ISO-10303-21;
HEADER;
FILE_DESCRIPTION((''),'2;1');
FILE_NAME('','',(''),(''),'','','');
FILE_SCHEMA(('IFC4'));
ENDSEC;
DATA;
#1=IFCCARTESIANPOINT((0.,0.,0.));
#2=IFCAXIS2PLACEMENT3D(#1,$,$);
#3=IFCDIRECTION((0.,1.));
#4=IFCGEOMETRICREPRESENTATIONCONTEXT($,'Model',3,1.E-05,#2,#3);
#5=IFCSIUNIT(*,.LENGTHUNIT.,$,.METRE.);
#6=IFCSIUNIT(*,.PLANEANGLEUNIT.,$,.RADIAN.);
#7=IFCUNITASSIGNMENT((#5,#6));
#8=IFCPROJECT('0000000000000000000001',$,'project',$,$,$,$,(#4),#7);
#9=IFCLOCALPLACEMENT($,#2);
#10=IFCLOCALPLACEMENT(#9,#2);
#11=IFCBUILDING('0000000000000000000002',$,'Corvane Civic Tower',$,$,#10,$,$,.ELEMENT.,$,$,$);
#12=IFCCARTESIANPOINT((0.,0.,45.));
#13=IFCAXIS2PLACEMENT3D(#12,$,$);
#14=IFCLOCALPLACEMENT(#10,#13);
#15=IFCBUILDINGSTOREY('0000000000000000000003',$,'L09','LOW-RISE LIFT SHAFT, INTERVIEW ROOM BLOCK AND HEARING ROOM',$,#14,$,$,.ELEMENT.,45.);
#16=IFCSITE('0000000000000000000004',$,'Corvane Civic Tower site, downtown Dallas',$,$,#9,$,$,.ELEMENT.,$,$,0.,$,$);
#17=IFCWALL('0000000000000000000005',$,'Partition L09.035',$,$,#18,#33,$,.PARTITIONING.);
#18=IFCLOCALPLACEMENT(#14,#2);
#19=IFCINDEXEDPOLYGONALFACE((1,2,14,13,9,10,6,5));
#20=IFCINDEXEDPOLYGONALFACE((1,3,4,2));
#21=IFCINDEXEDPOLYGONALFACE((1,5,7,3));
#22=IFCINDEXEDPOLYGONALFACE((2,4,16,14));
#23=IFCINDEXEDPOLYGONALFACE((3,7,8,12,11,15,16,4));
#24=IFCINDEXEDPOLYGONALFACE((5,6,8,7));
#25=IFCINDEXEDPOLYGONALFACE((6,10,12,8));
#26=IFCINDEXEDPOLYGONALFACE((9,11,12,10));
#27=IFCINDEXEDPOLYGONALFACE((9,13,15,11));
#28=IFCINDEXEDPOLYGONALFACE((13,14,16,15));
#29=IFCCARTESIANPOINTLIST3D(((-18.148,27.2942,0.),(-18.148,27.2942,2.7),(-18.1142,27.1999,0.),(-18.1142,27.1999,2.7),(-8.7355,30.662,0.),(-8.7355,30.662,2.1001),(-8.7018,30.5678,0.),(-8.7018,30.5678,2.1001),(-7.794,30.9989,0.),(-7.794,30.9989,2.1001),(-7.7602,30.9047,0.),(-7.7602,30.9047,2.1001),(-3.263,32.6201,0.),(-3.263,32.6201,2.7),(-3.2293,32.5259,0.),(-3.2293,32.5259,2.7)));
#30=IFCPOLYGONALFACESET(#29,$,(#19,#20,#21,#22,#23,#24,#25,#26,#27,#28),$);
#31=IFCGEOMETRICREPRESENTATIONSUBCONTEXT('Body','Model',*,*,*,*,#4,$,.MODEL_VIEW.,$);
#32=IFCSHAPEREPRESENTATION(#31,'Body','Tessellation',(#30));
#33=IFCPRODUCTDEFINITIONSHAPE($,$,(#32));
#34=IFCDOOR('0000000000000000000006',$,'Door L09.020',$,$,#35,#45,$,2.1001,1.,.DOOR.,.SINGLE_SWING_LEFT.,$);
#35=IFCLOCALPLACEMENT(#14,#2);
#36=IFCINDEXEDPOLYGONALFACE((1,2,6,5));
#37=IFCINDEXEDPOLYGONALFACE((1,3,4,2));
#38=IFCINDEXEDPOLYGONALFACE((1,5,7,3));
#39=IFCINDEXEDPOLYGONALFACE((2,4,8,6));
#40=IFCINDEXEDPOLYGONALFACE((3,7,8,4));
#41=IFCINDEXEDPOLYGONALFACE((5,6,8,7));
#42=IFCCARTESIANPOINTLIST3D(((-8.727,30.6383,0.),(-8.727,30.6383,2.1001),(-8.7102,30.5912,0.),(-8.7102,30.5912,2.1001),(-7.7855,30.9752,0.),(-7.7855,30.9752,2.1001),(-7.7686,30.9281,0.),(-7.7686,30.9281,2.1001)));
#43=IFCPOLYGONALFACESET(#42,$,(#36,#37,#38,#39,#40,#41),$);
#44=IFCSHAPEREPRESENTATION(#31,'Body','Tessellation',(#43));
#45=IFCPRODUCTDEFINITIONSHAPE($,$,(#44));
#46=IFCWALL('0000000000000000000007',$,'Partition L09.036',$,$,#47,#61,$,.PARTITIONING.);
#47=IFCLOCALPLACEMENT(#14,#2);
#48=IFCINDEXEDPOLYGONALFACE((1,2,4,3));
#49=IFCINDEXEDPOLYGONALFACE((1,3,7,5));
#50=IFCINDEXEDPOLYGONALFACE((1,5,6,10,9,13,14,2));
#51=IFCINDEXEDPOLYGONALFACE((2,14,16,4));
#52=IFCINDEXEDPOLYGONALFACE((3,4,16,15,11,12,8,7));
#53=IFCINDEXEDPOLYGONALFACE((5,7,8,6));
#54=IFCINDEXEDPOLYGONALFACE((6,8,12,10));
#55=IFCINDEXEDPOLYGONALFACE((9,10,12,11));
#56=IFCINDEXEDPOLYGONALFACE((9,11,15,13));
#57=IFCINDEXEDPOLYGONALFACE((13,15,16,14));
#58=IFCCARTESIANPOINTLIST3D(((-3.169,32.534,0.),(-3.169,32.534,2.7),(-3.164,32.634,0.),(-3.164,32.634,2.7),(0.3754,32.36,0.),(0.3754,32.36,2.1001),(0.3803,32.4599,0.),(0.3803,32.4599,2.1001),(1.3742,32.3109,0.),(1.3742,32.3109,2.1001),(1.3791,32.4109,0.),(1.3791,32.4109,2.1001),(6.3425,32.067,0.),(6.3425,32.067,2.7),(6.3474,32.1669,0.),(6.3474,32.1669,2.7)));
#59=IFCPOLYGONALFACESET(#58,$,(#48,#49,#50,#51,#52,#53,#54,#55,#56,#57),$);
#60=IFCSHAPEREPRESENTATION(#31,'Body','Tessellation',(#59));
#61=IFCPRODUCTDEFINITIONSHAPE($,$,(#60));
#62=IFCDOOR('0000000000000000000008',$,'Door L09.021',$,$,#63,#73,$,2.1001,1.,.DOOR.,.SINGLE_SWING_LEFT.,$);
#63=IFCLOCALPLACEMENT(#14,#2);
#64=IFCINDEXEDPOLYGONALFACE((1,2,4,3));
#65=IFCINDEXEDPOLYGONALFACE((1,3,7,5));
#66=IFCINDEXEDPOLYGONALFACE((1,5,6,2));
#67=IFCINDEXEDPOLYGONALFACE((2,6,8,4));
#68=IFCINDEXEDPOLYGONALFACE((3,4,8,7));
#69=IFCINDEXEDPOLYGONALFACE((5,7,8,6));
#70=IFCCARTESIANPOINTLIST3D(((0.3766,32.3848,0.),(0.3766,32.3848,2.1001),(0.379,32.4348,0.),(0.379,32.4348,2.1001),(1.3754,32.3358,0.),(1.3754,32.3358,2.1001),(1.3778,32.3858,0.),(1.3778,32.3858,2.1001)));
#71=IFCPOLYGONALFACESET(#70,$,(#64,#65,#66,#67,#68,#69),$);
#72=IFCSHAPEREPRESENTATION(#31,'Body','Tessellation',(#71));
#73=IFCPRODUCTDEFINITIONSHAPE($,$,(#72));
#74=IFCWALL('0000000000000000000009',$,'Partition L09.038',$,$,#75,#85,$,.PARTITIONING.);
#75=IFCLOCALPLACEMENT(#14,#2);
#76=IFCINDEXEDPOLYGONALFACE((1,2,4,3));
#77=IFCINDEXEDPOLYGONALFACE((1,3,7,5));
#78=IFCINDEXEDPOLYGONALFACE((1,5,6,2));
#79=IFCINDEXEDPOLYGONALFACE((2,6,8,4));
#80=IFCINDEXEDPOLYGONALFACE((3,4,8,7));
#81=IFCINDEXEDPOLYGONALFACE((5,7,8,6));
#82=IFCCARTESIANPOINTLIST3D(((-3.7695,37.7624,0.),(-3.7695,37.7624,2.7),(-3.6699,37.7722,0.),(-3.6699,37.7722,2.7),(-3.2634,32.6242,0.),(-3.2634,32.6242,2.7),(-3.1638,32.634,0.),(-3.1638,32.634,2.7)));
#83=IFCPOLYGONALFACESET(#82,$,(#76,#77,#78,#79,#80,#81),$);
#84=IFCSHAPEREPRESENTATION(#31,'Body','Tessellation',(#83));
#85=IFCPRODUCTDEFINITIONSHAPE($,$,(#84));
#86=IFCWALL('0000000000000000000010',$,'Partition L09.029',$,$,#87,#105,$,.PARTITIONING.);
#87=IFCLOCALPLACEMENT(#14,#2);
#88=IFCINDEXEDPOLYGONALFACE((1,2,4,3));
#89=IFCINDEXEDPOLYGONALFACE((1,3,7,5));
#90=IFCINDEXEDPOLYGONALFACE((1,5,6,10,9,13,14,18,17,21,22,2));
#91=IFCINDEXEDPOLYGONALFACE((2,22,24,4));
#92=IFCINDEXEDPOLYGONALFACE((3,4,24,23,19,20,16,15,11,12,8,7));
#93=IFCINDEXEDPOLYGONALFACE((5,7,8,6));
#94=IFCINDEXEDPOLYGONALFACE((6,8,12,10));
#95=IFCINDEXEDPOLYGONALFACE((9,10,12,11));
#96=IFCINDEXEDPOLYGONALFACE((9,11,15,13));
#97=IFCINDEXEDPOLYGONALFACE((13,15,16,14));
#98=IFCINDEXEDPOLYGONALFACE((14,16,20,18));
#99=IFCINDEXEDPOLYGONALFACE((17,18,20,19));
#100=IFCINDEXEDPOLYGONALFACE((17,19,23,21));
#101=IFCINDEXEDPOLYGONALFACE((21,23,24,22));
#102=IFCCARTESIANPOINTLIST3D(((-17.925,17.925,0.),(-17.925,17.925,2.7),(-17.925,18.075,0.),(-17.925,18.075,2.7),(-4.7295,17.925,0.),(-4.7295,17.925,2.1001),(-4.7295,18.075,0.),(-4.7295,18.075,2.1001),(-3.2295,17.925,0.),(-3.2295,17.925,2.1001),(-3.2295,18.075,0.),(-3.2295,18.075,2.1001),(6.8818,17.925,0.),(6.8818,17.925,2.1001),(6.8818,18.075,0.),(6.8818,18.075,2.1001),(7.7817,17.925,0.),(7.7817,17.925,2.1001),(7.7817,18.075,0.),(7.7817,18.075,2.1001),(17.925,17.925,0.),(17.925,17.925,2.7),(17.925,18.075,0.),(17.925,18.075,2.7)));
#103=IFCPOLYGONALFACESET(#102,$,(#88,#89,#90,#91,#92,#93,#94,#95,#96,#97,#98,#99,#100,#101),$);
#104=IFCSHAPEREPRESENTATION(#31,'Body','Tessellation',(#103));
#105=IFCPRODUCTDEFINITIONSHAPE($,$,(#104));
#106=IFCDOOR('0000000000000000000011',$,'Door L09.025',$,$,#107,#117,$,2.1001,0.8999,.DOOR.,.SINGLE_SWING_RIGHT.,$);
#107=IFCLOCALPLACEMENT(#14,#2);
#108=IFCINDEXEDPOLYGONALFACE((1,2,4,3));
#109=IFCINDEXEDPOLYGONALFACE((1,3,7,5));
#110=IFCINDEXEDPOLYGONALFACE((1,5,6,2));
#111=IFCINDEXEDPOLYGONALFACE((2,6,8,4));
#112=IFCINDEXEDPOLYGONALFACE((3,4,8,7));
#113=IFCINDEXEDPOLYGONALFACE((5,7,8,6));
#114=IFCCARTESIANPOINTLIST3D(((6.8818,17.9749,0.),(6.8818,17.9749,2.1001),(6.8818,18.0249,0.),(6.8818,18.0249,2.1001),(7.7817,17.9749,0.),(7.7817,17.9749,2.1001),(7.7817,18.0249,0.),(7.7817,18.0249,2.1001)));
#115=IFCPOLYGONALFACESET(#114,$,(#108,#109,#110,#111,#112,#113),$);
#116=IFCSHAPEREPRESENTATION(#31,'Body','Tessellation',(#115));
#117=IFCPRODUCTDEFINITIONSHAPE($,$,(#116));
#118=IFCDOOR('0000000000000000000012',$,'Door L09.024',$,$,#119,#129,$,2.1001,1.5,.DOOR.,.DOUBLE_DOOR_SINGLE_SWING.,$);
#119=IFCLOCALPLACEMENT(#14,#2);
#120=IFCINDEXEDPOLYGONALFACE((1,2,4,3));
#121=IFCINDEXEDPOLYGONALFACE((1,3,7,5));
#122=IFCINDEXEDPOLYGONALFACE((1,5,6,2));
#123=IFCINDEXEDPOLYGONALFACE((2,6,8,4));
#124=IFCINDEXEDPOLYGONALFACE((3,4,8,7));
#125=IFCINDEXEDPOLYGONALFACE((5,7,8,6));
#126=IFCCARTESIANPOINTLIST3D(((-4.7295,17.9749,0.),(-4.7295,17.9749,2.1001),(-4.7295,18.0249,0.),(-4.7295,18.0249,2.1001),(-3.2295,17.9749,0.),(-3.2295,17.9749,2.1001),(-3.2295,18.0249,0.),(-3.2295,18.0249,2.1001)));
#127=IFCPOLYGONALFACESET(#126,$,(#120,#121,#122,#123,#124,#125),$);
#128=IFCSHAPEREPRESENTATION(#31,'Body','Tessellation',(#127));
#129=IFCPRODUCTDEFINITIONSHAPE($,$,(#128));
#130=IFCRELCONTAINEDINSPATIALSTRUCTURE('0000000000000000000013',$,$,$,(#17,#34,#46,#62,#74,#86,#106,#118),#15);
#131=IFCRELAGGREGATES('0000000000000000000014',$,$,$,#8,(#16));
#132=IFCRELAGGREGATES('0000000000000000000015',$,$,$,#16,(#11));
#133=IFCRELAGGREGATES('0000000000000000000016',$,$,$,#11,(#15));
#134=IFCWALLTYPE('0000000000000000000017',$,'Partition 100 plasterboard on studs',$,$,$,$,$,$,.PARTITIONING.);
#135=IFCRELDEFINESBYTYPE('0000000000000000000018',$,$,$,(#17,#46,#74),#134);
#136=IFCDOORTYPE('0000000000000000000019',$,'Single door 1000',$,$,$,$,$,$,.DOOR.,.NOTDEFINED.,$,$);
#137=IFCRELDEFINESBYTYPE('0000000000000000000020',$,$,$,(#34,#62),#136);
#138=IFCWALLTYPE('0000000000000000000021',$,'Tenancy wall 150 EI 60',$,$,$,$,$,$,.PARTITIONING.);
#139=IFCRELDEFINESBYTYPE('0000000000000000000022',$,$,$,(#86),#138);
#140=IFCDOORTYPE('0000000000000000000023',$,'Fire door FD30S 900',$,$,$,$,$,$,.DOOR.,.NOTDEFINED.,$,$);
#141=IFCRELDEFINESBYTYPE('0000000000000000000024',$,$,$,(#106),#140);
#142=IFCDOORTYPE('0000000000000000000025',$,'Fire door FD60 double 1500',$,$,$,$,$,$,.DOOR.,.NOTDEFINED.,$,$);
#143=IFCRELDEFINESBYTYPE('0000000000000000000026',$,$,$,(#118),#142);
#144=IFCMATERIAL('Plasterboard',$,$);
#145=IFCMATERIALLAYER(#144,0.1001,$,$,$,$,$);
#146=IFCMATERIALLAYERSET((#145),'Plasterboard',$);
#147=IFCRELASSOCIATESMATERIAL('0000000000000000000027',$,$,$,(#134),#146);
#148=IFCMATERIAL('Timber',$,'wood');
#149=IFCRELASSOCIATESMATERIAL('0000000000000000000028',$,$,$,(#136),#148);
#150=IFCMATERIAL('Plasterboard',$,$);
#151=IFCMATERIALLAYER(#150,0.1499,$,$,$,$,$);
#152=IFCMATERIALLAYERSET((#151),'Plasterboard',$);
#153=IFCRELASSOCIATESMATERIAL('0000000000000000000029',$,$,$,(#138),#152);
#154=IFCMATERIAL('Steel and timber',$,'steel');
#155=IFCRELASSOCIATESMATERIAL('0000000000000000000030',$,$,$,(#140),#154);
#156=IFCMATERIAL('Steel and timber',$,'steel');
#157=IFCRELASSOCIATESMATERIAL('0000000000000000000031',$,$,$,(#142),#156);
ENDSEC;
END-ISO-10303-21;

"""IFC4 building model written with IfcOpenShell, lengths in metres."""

from ifc_helpers import new_model, si_unit, direction, frame, frame_2d, origin, place, context, subcontext, project, spatial, rectangle, extrude, material, layer, layer_set, type_object, element, fill, save


model = new_model("IFC4")

# Units and contexts
model_context = context("Model", 3, precision=1e-05, world=origin(), true_north=direction((0.0, 1.0)))
body_context = subcontext(model_context, "Body", "Model", "MODEL_VIEW")
ifc_project = project(units=[si_unit("LENGTHUNIT", "METRE"), si_unit("PLANEANGLEUNIT", "RADIAN")], contexts=[model_context])

# Site, building, storey
site_placement = place(None, origin())
site = spatial("IfcSite", under=ifc_project, at=site_placement, Name="Corvane Civic Tower site, downtown Dallas", CompositionType="ELEMENT", RefElevation=0.0)
building_placement = place(site_placement, origin())
building = spatial("IfcBuilding", under=site, at=building_placement, Name="Corvane Civic Tower", CompositionType="ELEMENT")
storey_placement = place(building_placement, frame((0.0, 0.0, 45.0)))
storey = spatial("IfcBuildingStorey", under=building, at=storey_placement, Name="L09", Description="LOW-RISE LIFT SHAFT, INTERVIEW ROOM BLOCK AND HEARING ROOM", CompositionType="ELEMENT", Elevation=45.0)

# Walls, openings, doors
ifc_material_1 = material(Name="Plasterboard")
ifc_layer_1 = layer(ifc_material_1, 0.1001)
ifc_layer_set_1 = layer_set([ifc_layer_1], Name="Plasterboard")
wall_type_1 = type_object("IfcWallType", Name="Partition 100 plasterboard on studs", PredefinedType="PARTITIONING", material=ifc_layer_set_1)
wall_1_placement = place(storey_placement, frame((-18.1311, 27.2471, 0.0), z_axis=(0.0, 0.0, 1.0), x_axis=(0.941544, 0.336889, 0.0)))
wall_1 = element("IfcWall", 1, at=wall_1_placement, inside=storey, type_object=wall_type_1, Name="Partition L09.035", PredefinedType="PARTITIONING", context=body_context, shape_type="SweptSolid", body=[
    extrude(rectangle(XDim=15.8091, YDim=0.1001, at=frame_2d((7.9045, 0.0))), origin(), (0.0, 0.0, 1.0), 2.7),
])
opening_1_placement = place(wall_1_placement, frame((9.9968, 0.0, 0.0)))
opening_1 = element("IfcOpeningElement", 2, at=opening_1_placement, cuts=wall_1, PredefinedType="OPENING", context=body_context, shape_type="SweptSolid", body=[
    extrude(rectangle(XDim=1.0, YDim=2.1001, at=frame_2d((0.5, 1.05))), frame((0.0, 0.0601, 0.0), z_axis=(0.0, -1.0, 0.0), x_axis=(1.0, 0.0, 0.0)), (0.0, 0.0, 1.0), 0.1201),
])
ifc_material_2 = material(Name="Timber", Category="wood")
door_type_1 = type_object("IfcDoorType", Name="Single door 1000", OperationType="NOTDEFINED", PredefinedType="DOOR", material=ifc_material_2)
door_1_placement = place(opening_1_placement, origin())
door_1 = element("IfcDoor", 3, at=door_1_placement, inside=storey, type_object=door_type_1, Name="Door L09.020", OperationType="SINGLE_SWING_LEFT", OverallHeight=2.1001, OverallWidth=1.0, PredefinedType="DOOR", context=body_context, shape_type="SweptSolid", body=[
    extrude(rectangle(XDim=1.0, YDim=2.1001, at=frame_2d((0.5, 1.05))), frame((0.0, 0.0249, 0.0), z_axis=(0.0, -1.0, 0.0), x_axis=(1.0, 0.0, 0.0)), (0.0, 0.0, 1.0), 0.05),
])
fill(opening_1, door_1)
wall_2_placement = place(storey_placement, frame((-3.1665, 32.584, 0.0), z_axis=(0.0, 0.0, 1.0), x_axis=(0.998797, -0.049044, 0.0)))
wall_2 = element("IfcWall", 4, at=wall_2_placement, inside=storey, type_object=wall_type_1, Name="Partition L09.036", PredefinedType="PARTITIONING", context=body_context, shape_type="SweptSolid", body=[
    extrude(rectangle(XDim=9.5229, YDim=0.1001, at=frame_2d((4.7615, 0.0))), origin(), (0.0, 0.0, 1.0), 2.7),
])
opening_2_placement = place(wall_2_placement, frame((3.5486, 0.0, 0.0)))
opening_2 = element("IfcOpeningElement", 5, at=opening_2_placement, cuts=wall_2, PredefinedType="OPENING", context=body_context, shape_type="SweptSolid", body=[
    extrude(rectangle(XDim=1.0, YDim=2.1001, at=frame_2d((0.5, 1.05))), frame((0.0, 0.0601, 0.0), z_axis=(0.0, -1.0, 0.0), x_axis=(1.0, 0.0, 0.0)), (0.0, 0.0, 1.0), 0.1201),
])
door_2_placement = place(opening_2_placement, origin())
door_2 = element("IfcDoor", 6, at=door_2_placement, inside=storey, type_object=door_type_1, Name="Door L09.021", OperationType="SINGLE_SWING_LEFT", OverallHeight=2.1001, OverallWidth=1.0, PredefinedType="DOOR", context=body_context, shape_type="SweptSolid", body=[
    extrude(rectangle(XDim=1.0, YDim=2.1001, at=frame_2d((0.5, 1.05))), frame((0.0, 0.0249, 0.0), z_axis=(0.0, -1.0, 0.0), x_axis=(1.0, 0.0, 0.0)), (0.0, 0.0, 1.0), 0.05),
])
fill(opening_2, door_2)

# Wall
wall_3_placement = place(storey_placement, frame((-3.7197, 37.7673, 0.0), z_axis=(0.0, 0.0, 1.0), x_axis=(0.098024, -0.995184, 0.0)))
element("IfcWall", 7, at=wall_3_placement, inside=storey, type_object=wall_type_1, Name="Partition L09.038", PredefinedType="PARTITIONING", context=body_context, shape_type="SweptSolid", body=[
    extrude(rectangle(XDim=5.1631, YDim=0.1001, at=frame_2d((2.5815, 0.0))), origin(), (0.0, 0.0, 1.0), 2.7),
])

# Wall, openings, doors
ifc_material_3 = material(Name="Plasterboard")
ifc_layer_2 = layer(ifc_material_3, 0.1499)
ifc_layer_set_2 = layer_set([ifc_layer_2], Name="Plasterboard")
wall_type_2 = type_object("IfcWallType", Name="Tenancy wall 150 EI 60", PredefinedType="PARTITIONING", material=ifc_layer_set_2)
wall_4_placement = place(storey_placement, frame((-17.925, 18.0, 0.0), z_axis=(0.0, 0.0, 1.0), x_axis=(1.0, 0.0, 0.0)))
wall_4 = element("IfcWall", 8, at=wall_4_placement, inside=storey, type_object=wall_type_2, Name="Partition L09.029", PredefinedType="PARTITIONING", context=body_context, shape_type="SweptSolid", body=[
    extrude(rectangle(XDim=35.8501, YDim=0.1499, at=frame_2d((17.925, 0.0))), origin(), (0.0, 0.0, 1.0), 2.7),
])
opening_3_placement = place(wall_4_placement, frame((13.1956, 0.0, 0.0)))
opening_3 = element("IfcOpeningElement", 9, at=opening_3_placement, cuts=wall_4, PredefinedType="OPENING", context=body_context, shape_type="SweptSolid", body=[
    extrude(rectangle(XDim=1.5, YDim=2.1001, at=frame_2d((0.75, 1.05))), frame((0.0, 0.085, 0.0), z_axis=(0.0, -1.0, 0.0), x_axis=(1.0, 0.0, 0.0)), (0.0, 0.0, 1.0), 0.1699),
])
opening_4_placement = place(wall_4_placement, frame((24.8069, 0.0, 0.0)))
opening_4 = element("IfcOpeningElement", 10, at=opening_4_placement, cuts=wall_4, PredefinedType="OPENING", context=body_context, shape_type="SweptSolid", body=[
    extrude(rectangle(XDim=0.8999, YDim=2.1001, at=frame_2d((0.45, 1.05))), frame((0.0, 0.085, 0.0), z_axis=(0.0, -1.0, 0.0), x_axis=(1.0, 0.0, 0.0)), (0.0, 0.0, 1.0), 0.1699),
])
ifc_material_4 = material(Name="Steel and timber", Category="steel")
door_type_2 = type_object("IfcDoorType", Name="Fire door FD30S 900", OperationType="NOTDEFINED", PredefinedType="DOOR", material=ifc_material_4)
door_3_placement = place(opening_4_placement, origin())
door_3 = element("IfcDoor", 11, at=door_3_placement, inside=storey, type_object=door_type_2, Name="Door L09.025", OperationType="SINGLE_SWING_RIGHT", OverallHeight=2.1001, OverallWidth=0.8999, PredefinedType="DOOR", context=body_context, shape_type="SweptSolid", body=[
    extrude(rectangle(XDim=0.8999, YDim=2.1001, at=frame_2d((0.45, 1.05))), frame((0.0, 0.0249, 0.0), z_axis=(0.0, -1.0, 0.0), x_axis=(1.0, 0.0, 0.0)), (0.0, 0.0, 1.0), 0.05),
])
fill(opening_4, door_3)
ifc_material_5 = material(Name="Steel and timber", Category="steel")
door_type_3 = type_object("IfcDoorType", Name="Fire door FD60 double 1500", OperationType="NOTDEFINED", PredefinedType="DOOR", material=ifc_material_5)
door_4_placement = place(opening_3_placement, origin())
door_4 = element("IfcDoor", 12, at=door_4_placement, inside=storey, type_object=door_type_3, Name="Door L09.024", OperationType="DOUBLE_DOOR_SINGLE_SWING", OverallHeight=2.1001, OverallWidth=1.5, PredefinedType="DOOR", context=body_context, shape_type="SweptSolid", body=[
    extrude(rectangle(XDim=1.5, YDim=2.1001, at=frame_2d((0.75, 1.05))), frame((0.0, 0.0249, 0.0), z_axis=(0.0, -1.0, 0.0), x_axis=(1.0, 0.0, 0.0)), (0.0, 0.0, 1.0), 0.05),
])
fill(opening_3, door_4)

save(model, "model.ifc")
